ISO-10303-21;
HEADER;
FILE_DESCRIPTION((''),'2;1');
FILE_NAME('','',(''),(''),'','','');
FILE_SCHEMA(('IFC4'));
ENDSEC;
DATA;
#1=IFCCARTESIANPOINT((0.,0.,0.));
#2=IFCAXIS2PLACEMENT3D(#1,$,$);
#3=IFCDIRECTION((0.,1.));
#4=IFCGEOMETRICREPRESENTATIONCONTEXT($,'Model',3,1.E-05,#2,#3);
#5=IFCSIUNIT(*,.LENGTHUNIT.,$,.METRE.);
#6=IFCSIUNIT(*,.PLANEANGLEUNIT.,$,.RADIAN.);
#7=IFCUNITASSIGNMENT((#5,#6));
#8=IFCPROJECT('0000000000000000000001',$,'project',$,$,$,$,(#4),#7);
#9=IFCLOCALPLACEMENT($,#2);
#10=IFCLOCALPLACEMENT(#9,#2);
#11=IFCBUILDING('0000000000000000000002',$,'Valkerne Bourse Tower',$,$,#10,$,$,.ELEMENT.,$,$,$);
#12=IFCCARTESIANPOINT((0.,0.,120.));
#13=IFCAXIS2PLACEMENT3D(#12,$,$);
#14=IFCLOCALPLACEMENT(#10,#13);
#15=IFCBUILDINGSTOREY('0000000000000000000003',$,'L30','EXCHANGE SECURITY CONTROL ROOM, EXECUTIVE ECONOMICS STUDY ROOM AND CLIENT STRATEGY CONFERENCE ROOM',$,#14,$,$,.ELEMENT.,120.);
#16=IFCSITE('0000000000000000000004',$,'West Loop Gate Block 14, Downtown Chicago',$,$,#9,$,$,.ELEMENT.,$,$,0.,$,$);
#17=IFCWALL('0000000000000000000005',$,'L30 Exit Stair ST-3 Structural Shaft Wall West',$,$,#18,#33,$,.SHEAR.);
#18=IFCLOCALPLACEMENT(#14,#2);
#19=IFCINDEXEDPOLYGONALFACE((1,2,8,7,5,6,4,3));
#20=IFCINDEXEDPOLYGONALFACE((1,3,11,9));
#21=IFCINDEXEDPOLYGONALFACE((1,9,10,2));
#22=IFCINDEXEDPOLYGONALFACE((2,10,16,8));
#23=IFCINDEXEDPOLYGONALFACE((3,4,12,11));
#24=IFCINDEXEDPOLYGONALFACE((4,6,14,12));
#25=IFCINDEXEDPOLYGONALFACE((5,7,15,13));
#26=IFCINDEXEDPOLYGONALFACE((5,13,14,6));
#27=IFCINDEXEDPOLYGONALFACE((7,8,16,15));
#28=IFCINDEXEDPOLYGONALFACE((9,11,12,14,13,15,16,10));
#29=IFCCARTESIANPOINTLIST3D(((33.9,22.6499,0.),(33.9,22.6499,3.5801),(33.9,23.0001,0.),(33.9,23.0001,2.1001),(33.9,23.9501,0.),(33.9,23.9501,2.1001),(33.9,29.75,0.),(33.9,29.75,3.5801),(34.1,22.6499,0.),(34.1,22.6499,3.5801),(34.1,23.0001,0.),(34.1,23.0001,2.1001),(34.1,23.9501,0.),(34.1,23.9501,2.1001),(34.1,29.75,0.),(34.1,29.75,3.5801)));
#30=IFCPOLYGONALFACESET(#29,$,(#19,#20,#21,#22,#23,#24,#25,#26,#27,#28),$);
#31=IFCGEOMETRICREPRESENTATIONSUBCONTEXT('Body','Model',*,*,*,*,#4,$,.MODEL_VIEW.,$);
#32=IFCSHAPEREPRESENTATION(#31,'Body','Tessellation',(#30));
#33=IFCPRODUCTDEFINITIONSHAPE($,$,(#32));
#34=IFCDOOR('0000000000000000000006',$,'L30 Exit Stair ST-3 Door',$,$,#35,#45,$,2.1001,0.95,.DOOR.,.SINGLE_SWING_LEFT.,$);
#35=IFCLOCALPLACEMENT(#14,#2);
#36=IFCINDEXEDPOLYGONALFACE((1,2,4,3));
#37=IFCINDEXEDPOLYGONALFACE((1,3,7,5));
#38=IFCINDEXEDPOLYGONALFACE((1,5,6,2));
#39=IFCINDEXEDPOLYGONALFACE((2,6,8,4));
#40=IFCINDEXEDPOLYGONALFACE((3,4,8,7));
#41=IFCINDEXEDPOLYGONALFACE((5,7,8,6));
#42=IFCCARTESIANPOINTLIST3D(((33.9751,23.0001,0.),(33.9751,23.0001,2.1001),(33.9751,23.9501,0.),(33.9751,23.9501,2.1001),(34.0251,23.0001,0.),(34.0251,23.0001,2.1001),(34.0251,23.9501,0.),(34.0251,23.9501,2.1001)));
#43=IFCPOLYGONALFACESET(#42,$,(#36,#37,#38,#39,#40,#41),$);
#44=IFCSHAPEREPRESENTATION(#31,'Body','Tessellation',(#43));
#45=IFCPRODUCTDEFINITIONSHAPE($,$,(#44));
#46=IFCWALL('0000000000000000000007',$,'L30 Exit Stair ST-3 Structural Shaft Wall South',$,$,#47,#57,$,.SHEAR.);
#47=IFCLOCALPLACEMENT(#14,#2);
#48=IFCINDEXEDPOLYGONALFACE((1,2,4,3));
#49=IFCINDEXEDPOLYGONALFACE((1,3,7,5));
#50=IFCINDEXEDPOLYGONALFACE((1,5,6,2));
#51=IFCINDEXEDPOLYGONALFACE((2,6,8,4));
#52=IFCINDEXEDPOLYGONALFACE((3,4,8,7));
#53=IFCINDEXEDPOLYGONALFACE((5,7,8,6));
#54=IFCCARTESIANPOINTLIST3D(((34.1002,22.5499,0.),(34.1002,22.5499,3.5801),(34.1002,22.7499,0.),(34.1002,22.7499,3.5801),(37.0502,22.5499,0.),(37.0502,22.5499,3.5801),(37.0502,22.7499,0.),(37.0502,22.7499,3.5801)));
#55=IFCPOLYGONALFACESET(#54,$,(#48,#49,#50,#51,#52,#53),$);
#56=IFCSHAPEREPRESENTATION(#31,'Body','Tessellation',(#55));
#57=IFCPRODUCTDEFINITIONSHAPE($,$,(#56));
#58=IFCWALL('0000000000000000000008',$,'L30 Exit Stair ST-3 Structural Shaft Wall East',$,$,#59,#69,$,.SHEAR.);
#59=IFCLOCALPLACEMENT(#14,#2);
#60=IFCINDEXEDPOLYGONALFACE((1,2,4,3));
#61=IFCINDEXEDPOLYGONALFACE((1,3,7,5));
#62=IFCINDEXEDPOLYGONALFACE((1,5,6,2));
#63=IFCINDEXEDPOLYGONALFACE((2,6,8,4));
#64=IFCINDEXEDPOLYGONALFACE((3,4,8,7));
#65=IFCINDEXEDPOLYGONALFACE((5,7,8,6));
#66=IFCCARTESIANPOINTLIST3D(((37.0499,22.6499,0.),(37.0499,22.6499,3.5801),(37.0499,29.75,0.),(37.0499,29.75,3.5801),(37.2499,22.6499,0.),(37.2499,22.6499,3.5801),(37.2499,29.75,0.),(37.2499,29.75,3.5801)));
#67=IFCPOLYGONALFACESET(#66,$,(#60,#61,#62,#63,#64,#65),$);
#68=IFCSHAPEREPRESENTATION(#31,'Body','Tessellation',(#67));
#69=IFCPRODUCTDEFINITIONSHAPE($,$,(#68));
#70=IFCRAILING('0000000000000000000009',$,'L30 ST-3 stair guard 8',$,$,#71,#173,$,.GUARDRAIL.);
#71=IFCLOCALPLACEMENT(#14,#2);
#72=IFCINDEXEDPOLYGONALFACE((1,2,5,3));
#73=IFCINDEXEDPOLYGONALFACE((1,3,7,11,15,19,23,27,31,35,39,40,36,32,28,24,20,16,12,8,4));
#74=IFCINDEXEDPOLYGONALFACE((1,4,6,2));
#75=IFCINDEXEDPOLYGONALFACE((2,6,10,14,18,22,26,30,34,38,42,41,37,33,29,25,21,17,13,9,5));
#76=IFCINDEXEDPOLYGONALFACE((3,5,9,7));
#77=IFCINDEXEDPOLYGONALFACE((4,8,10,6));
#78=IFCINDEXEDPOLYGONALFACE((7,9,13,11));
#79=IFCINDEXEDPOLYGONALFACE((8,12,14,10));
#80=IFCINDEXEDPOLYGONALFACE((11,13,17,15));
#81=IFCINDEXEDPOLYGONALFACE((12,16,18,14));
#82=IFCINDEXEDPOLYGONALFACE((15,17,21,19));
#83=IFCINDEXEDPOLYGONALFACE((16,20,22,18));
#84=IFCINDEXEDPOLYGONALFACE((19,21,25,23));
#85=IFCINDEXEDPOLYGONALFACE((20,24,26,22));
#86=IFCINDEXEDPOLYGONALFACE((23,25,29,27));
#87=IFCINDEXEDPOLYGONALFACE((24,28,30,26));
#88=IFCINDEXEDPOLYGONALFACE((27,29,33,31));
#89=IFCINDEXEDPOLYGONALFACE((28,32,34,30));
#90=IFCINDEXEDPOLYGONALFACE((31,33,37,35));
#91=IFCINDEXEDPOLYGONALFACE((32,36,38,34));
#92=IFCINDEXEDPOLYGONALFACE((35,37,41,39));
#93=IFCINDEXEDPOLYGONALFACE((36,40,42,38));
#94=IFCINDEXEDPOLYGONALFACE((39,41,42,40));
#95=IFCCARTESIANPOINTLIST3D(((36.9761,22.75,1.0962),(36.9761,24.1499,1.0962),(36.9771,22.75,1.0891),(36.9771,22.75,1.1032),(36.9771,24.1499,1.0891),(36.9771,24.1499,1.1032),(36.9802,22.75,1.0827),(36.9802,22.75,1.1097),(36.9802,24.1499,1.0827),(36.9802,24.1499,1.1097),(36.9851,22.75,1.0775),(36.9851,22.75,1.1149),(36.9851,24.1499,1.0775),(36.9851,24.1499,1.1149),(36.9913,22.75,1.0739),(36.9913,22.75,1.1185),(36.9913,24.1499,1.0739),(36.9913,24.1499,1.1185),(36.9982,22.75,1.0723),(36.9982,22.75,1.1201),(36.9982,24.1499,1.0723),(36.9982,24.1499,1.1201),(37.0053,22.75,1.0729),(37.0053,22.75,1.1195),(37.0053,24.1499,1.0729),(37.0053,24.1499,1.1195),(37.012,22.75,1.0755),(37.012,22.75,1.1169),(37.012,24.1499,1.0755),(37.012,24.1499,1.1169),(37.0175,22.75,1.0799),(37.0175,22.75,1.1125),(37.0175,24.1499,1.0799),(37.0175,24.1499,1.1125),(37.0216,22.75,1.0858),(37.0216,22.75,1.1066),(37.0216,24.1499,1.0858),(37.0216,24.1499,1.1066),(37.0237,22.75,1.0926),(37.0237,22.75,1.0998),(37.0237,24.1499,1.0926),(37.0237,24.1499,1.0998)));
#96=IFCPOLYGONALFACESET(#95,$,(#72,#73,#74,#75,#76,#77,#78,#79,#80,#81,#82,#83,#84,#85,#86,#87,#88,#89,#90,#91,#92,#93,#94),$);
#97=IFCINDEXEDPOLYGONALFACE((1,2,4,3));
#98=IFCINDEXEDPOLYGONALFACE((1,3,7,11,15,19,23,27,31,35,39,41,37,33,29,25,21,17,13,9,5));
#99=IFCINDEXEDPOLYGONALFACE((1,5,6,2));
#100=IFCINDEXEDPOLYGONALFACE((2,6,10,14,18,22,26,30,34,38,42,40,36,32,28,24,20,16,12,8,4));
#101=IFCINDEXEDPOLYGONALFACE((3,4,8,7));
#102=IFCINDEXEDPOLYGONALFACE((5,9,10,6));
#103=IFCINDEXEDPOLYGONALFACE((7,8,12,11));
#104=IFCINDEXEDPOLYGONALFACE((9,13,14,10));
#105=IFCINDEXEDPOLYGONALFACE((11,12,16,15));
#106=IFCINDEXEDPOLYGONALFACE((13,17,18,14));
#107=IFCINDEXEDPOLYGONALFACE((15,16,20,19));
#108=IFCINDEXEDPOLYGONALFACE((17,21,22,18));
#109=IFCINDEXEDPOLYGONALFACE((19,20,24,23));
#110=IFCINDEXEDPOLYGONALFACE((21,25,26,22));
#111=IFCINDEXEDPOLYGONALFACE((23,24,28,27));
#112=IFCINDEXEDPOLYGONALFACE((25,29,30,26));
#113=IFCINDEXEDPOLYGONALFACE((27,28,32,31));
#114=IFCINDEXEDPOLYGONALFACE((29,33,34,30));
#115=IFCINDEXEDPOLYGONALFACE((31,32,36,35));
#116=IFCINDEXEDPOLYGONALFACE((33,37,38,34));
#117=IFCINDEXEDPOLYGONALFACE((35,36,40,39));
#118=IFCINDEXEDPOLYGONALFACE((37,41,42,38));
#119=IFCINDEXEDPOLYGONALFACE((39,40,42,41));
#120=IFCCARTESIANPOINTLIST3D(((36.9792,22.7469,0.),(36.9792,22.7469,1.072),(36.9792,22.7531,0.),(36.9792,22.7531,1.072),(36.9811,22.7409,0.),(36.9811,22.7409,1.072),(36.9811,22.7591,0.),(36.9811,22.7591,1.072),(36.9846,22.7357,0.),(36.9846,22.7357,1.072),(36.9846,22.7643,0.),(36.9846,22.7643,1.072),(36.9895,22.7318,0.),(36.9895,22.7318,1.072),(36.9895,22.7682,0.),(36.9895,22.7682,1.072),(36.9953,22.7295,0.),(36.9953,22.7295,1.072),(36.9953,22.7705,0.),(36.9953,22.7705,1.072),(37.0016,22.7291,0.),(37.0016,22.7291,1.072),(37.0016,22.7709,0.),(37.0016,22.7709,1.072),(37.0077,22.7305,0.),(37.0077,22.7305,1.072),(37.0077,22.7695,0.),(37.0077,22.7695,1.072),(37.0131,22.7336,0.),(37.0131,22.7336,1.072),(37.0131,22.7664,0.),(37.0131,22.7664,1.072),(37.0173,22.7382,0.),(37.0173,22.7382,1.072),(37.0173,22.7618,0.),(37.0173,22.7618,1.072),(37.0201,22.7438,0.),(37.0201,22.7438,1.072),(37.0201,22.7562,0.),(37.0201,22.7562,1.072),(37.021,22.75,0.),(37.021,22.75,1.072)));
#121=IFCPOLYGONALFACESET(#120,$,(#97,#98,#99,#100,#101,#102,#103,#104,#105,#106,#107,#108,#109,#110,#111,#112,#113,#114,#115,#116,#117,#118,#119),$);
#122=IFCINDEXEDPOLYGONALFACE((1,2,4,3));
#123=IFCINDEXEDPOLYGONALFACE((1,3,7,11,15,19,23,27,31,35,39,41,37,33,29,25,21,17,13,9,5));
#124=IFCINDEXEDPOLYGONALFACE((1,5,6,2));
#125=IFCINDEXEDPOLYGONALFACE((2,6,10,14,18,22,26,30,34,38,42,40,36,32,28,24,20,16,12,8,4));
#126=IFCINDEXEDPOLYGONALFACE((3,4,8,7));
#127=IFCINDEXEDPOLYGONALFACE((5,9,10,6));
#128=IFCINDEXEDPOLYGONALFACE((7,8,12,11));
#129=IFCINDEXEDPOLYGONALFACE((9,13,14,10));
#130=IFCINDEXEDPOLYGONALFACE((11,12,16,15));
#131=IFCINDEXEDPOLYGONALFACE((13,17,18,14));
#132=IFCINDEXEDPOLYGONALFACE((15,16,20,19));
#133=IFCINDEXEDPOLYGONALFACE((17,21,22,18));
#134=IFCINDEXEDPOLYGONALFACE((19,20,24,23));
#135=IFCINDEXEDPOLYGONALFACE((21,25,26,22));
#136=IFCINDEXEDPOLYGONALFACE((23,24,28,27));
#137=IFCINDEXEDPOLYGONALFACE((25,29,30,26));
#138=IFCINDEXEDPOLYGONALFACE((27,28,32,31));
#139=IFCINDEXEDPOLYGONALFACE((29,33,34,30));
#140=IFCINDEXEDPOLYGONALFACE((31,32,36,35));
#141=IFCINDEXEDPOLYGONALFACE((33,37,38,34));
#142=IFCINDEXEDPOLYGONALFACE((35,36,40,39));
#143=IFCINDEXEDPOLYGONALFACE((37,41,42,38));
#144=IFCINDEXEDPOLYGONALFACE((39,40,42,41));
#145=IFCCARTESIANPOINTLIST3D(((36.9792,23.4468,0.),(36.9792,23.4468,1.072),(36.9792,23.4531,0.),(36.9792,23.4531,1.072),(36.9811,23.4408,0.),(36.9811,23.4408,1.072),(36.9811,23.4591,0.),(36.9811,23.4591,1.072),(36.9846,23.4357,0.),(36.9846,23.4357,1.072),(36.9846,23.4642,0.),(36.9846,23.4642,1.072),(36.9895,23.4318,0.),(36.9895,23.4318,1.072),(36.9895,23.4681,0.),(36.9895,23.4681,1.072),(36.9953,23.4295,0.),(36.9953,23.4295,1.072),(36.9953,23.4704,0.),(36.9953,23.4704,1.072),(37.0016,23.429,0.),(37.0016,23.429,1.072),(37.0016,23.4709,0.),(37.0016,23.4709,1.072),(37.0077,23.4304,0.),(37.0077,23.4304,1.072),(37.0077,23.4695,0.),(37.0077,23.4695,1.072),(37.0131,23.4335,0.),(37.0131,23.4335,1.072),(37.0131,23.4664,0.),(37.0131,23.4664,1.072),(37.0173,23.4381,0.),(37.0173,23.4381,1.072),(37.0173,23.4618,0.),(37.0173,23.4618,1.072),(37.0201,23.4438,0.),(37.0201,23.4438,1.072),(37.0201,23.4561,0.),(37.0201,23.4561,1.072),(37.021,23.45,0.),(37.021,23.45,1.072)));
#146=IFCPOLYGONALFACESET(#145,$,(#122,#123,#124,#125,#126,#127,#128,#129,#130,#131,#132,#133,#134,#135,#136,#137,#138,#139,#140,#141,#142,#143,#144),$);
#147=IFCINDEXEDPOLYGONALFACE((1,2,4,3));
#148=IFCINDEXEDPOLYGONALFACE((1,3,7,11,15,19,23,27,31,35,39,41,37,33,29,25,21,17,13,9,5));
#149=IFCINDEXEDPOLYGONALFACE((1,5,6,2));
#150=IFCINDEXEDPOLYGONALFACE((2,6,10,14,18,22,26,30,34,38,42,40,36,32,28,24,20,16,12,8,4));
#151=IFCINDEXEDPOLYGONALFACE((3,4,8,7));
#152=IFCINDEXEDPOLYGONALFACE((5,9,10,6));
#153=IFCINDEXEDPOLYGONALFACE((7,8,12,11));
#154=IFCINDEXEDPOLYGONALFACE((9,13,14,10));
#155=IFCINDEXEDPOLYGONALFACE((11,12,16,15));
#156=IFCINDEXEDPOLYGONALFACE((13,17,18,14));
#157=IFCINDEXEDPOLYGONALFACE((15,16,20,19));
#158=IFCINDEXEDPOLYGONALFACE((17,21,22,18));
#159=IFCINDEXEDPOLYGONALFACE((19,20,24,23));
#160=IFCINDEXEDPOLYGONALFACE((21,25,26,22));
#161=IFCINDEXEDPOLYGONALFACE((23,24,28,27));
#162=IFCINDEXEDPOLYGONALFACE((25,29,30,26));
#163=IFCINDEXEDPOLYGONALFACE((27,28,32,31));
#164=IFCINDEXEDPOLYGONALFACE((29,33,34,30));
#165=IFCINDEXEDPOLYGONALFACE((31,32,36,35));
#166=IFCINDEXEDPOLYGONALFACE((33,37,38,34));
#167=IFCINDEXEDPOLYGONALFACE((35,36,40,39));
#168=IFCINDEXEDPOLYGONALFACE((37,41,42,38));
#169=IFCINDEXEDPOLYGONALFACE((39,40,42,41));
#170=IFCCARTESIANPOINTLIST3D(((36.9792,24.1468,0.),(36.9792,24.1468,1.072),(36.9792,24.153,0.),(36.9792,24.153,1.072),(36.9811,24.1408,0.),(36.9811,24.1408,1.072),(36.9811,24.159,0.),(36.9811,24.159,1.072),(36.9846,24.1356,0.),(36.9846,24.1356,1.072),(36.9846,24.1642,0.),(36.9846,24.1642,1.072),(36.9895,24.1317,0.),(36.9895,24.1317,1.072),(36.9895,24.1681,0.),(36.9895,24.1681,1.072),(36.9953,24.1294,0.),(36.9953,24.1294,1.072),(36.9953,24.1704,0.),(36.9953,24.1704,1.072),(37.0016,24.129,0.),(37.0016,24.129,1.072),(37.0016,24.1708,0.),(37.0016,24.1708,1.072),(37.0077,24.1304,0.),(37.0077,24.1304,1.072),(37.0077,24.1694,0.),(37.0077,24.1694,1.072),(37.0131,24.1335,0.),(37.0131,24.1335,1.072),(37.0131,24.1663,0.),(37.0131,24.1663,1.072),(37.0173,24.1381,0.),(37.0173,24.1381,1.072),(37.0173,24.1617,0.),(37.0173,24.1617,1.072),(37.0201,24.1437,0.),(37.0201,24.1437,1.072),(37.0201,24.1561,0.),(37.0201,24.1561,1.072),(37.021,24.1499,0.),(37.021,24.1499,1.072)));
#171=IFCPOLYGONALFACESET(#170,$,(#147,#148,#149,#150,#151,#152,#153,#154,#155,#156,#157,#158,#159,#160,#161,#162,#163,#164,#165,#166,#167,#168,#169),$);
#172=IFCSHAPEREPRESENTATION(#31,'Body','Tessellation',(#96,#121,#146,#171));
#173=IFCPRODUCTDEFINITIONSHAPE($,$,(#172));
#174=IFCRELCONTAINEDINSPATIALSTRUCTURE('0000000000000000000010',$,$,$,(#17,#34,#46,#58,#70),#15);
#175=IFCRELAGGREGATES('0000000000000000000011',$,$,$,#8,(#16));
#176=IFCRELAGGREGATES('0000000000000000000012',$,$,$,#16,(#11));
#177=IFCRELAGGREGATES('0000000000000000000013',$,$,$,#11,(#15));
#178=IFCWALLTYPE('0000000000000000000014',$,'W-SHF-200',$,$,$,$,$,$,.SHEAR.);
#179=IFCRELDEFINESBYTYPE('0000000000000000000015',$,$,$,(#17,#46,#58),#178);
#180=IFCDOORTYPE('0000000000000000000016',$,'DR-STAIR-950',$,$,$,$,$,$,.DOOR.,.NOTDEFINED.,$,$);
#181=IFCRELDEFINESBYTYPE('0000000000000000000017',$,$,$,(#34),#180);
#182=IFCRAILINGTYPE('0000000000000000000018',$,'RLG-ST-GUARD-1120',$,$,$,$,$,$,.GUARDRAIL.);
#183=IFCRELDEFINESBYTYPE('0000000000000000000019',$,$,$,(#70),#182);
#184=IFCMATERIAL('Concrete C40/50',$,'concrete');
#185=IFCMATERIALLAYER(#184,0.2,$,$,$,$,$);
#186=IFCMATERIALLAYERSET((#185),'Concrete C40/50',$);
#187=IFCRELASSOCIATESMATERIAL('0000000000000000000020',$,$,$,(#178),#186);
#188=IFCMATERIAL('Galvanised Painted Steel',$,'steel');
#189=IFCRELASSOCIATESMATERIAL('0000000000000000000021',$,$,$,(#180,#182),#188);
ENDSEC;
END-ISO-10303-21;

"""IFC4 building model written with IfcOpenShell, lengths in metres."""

from ifc_helpers import new_model, si_unit, direction, frame, frame_2d, origin, origin_2d, place, context, subcontext, project, spatial, rectangle, circle, extrude, material, layer, layer_set, type_object, element, fill, save


model = new_model("IFC4")

# Units and contexts
model_context = context("Model", 3, precision=1e-05, world=origin(), true_north=direction((0.0, 1.0)))
body_context = subcontext(model_context, "Body", "Model", "MODEL_VIEW")
ifc_project = project(units=[si_unit("LENGTHUNIT", "METRE"), si_unit("PLANEANGLEUNIT", "RADIAN")], contexts=[model_context])

# Site, building, storey
site_placement = place(None, origin())
site = spatial("IfcSite", under=ifc_project, at=site_placement, Name="West Loop Gate Block 14, Downtown Chicago", CompositionType="ELEMENT", RefElevation=0.0)
building_placement = place(site_placement, origin())
building = spatial("IfcBuilding", under=site, at=building_placement, Name="Valkerne Bourse Tower", CompositionType="ELEMENT")
storey_placement = place(building_placement, frame((0.0, 0.0, 120.0)))
storey = spatial("IfcBuildingStorey", under=building, at=storey_placement, Name="L30", Description="EXCHANGE SECURITY CONTROL ROOM, EXECUTIVE ECONOMICS STUDY ROOM AND CLIENT STRATEGY CONFERENCE ROOM", CompositionType="ELEMENT", Elevation=120.0)

# Shared definitions
ifc_material_1 = material(Name="Galvanised Painted Steel", Category="steel")

# Wall, opening, door
ifc_material_2 = material(Name="Concrete C40/50", Category="concrete")
ifc_layer_1 = layer(ifc_material_2, 0.2)
ifc_layer_set_1 = layer_set([ifc_layer_1], Name="Concrete C40/50")
wall_type_1 = type_object("IfcWallType", Name="W-SHF-200", PredefinedType="SHEAR", material=ifc_layer_set_1)
wall_1_placement = place(storey_placement, frame((34.0, 22.6499, 0.0), z_axis=(0.0, 0.0, 1.0), x_axis=(0.0, 1.0, 0.0)))
wall_1 = element("IfcWall", 1, at=wall_1_placement, inside=storey, type_object=wall_type_1, Name="L30 Exit Stair ST-3 Structural Shaft Wall West", PredefinedType="SHEAR", context=body_context, shape_type="SweptSolid", body=[
    extrude(rectangle(XDim=7.1001, YDim=0.2, at=frame_2d((3.55, 0.0))), origin(), (0.0, 0.0, 1.0), 3.5801),
])
opening_1_placement = place(wall_1_placement, frame((0.3501, 0.0, 0.0)))
opening_1 = element("IfcOpeningElement", 2, at=opening_1_placement, cuts=wall_1, PredefinedType="OPENING", context=body_context, shape_type="SweptSolid", body=[
    extrude(rectangle(XDim=0.95, YDim=2.1001, at=frame_2d((0.4751, 1.05))), frame((0.0, 0.1099, 0.0), z_axis=(0.0, -1.0, 0.0), x_axis=(1.0, 0.0, 0.0)), (0.0, 0.0, 1.0), 0.22),
])
door_type_1 = type_object("IfcDoorType", Name="DR-STAIR-950", OperationType="NOTDEFINED", PredefinedType="DOOR", material=ifc_material_1)
door_1_placement = place(opening_1_placement, origin())
door_1 = element("IfcDoor", 3, at=door_1_placement, inside=storey, type_object=door_type_1, Name="L30 Exit Stair ST-3 Door", OperationType="SINGLE_SWING_LEFT", OverallHeight=2.1001, OverallWidth=0.95, PredefinedType="DOOR", context=body_context, shape_type="SweptSolid", body=[
    extrude(rectangle(XDim=0.95, YDim=2.1001, at=frame_2d((0.4751, 1.05))), frame((0.0, 0.0249, 0.0), z_axis=(0.0, -1.0, 0.0), x_axis=(1.0, 0.0, 0.0)), (0.0, 0.0, 1.0), 0.05),
])
fill(opening_1, door_1)

# Walls
wall_2_placement = place(storey_placement, frame((34.1001, 22.6499, 0.0), z_axis=(0.0, 0.0, 1.0), x_axis=(1.0, 0.0, 0.0)))
element("IfcWall", 4, at=wall_2_placement, inside=storey, type_object=wall_type_1, Name="L30 Exit Stair ST-3 Structural Shaft Wall South", PredefinedType="SHEAR", context=body_context, shape_type="SweptSolid", body=[
    extrude(rectangle(XDim=2.95, YDim=0.2, at=frame_2d((1.4751, 0.0))), origin(), (0.0, 0.0, 1.0), 3.5801),
])
wall_3_placement = place(storey_placement, frame((37.1499, 22.6499, 0.0), z_axis=(0.0, 0.0, 1.0), x_axis=(0.0, 1.0, 0.0)))
element("IfcWall", 5, at=wall_3_placement, inside=storey, type_object=wall_type_1, Name="L30 Exit Stair ST-3 Structural Shaft Wall East", PredefinedType="SHEAR", context=body_context, shape_type="SweptSolid", body=[
    extrude(rectangle(XDim=7.1001, YDim=0.2, at=frame_2d((3.55, 0.0))), origin(), (0.0, 0.0, 1.0), 3.5801),
])

# Railing
railing_type = type_object("IfcRailingType", Name="RLG-ST-GUARD-1120", PredefinedType="GUARDRAIL", material=ifc_material_1)
for number, where, name in (
    (6, (37.0, 22.75, 0.0), "L30 ST-3 stair guard 8"),
):
    element("IfcRailing", number, at=place(storey_placement, frame(where)), inside=storey, type_object=railing_type, Name=name, PredefinedType="GUARDRAIL", context=body_context, shape_type="SweptSolid", body=[
        extrude(circle(Radius=0.0239, at=origin_2d()), frame((0.0, 0.0, 1.0962), z_axis=(0.0, 1.0, 0.0), x_axis=(-1.0, 0.0, 0.0)), (0.0, 0.0, 1.0), 1.3999),
        extrude(circle(Radius=0.021, at=origin_2d()), origin(), (0.0, 0.0, 1.0), 1.072),
        extrude(circle(Radius=0.021, at=origin_2d()), frame((0.0, 0.7, 0.0)), (0.0, 0.0, 1.0), 1.072),
        extrude(circle(Radius=0.021, at=origin_2d()), frame((0.0, 1.3999, 0.0)), (0.0, 0.0, 1.0), 1.072),
    ])

save(model, "model.ifc")
